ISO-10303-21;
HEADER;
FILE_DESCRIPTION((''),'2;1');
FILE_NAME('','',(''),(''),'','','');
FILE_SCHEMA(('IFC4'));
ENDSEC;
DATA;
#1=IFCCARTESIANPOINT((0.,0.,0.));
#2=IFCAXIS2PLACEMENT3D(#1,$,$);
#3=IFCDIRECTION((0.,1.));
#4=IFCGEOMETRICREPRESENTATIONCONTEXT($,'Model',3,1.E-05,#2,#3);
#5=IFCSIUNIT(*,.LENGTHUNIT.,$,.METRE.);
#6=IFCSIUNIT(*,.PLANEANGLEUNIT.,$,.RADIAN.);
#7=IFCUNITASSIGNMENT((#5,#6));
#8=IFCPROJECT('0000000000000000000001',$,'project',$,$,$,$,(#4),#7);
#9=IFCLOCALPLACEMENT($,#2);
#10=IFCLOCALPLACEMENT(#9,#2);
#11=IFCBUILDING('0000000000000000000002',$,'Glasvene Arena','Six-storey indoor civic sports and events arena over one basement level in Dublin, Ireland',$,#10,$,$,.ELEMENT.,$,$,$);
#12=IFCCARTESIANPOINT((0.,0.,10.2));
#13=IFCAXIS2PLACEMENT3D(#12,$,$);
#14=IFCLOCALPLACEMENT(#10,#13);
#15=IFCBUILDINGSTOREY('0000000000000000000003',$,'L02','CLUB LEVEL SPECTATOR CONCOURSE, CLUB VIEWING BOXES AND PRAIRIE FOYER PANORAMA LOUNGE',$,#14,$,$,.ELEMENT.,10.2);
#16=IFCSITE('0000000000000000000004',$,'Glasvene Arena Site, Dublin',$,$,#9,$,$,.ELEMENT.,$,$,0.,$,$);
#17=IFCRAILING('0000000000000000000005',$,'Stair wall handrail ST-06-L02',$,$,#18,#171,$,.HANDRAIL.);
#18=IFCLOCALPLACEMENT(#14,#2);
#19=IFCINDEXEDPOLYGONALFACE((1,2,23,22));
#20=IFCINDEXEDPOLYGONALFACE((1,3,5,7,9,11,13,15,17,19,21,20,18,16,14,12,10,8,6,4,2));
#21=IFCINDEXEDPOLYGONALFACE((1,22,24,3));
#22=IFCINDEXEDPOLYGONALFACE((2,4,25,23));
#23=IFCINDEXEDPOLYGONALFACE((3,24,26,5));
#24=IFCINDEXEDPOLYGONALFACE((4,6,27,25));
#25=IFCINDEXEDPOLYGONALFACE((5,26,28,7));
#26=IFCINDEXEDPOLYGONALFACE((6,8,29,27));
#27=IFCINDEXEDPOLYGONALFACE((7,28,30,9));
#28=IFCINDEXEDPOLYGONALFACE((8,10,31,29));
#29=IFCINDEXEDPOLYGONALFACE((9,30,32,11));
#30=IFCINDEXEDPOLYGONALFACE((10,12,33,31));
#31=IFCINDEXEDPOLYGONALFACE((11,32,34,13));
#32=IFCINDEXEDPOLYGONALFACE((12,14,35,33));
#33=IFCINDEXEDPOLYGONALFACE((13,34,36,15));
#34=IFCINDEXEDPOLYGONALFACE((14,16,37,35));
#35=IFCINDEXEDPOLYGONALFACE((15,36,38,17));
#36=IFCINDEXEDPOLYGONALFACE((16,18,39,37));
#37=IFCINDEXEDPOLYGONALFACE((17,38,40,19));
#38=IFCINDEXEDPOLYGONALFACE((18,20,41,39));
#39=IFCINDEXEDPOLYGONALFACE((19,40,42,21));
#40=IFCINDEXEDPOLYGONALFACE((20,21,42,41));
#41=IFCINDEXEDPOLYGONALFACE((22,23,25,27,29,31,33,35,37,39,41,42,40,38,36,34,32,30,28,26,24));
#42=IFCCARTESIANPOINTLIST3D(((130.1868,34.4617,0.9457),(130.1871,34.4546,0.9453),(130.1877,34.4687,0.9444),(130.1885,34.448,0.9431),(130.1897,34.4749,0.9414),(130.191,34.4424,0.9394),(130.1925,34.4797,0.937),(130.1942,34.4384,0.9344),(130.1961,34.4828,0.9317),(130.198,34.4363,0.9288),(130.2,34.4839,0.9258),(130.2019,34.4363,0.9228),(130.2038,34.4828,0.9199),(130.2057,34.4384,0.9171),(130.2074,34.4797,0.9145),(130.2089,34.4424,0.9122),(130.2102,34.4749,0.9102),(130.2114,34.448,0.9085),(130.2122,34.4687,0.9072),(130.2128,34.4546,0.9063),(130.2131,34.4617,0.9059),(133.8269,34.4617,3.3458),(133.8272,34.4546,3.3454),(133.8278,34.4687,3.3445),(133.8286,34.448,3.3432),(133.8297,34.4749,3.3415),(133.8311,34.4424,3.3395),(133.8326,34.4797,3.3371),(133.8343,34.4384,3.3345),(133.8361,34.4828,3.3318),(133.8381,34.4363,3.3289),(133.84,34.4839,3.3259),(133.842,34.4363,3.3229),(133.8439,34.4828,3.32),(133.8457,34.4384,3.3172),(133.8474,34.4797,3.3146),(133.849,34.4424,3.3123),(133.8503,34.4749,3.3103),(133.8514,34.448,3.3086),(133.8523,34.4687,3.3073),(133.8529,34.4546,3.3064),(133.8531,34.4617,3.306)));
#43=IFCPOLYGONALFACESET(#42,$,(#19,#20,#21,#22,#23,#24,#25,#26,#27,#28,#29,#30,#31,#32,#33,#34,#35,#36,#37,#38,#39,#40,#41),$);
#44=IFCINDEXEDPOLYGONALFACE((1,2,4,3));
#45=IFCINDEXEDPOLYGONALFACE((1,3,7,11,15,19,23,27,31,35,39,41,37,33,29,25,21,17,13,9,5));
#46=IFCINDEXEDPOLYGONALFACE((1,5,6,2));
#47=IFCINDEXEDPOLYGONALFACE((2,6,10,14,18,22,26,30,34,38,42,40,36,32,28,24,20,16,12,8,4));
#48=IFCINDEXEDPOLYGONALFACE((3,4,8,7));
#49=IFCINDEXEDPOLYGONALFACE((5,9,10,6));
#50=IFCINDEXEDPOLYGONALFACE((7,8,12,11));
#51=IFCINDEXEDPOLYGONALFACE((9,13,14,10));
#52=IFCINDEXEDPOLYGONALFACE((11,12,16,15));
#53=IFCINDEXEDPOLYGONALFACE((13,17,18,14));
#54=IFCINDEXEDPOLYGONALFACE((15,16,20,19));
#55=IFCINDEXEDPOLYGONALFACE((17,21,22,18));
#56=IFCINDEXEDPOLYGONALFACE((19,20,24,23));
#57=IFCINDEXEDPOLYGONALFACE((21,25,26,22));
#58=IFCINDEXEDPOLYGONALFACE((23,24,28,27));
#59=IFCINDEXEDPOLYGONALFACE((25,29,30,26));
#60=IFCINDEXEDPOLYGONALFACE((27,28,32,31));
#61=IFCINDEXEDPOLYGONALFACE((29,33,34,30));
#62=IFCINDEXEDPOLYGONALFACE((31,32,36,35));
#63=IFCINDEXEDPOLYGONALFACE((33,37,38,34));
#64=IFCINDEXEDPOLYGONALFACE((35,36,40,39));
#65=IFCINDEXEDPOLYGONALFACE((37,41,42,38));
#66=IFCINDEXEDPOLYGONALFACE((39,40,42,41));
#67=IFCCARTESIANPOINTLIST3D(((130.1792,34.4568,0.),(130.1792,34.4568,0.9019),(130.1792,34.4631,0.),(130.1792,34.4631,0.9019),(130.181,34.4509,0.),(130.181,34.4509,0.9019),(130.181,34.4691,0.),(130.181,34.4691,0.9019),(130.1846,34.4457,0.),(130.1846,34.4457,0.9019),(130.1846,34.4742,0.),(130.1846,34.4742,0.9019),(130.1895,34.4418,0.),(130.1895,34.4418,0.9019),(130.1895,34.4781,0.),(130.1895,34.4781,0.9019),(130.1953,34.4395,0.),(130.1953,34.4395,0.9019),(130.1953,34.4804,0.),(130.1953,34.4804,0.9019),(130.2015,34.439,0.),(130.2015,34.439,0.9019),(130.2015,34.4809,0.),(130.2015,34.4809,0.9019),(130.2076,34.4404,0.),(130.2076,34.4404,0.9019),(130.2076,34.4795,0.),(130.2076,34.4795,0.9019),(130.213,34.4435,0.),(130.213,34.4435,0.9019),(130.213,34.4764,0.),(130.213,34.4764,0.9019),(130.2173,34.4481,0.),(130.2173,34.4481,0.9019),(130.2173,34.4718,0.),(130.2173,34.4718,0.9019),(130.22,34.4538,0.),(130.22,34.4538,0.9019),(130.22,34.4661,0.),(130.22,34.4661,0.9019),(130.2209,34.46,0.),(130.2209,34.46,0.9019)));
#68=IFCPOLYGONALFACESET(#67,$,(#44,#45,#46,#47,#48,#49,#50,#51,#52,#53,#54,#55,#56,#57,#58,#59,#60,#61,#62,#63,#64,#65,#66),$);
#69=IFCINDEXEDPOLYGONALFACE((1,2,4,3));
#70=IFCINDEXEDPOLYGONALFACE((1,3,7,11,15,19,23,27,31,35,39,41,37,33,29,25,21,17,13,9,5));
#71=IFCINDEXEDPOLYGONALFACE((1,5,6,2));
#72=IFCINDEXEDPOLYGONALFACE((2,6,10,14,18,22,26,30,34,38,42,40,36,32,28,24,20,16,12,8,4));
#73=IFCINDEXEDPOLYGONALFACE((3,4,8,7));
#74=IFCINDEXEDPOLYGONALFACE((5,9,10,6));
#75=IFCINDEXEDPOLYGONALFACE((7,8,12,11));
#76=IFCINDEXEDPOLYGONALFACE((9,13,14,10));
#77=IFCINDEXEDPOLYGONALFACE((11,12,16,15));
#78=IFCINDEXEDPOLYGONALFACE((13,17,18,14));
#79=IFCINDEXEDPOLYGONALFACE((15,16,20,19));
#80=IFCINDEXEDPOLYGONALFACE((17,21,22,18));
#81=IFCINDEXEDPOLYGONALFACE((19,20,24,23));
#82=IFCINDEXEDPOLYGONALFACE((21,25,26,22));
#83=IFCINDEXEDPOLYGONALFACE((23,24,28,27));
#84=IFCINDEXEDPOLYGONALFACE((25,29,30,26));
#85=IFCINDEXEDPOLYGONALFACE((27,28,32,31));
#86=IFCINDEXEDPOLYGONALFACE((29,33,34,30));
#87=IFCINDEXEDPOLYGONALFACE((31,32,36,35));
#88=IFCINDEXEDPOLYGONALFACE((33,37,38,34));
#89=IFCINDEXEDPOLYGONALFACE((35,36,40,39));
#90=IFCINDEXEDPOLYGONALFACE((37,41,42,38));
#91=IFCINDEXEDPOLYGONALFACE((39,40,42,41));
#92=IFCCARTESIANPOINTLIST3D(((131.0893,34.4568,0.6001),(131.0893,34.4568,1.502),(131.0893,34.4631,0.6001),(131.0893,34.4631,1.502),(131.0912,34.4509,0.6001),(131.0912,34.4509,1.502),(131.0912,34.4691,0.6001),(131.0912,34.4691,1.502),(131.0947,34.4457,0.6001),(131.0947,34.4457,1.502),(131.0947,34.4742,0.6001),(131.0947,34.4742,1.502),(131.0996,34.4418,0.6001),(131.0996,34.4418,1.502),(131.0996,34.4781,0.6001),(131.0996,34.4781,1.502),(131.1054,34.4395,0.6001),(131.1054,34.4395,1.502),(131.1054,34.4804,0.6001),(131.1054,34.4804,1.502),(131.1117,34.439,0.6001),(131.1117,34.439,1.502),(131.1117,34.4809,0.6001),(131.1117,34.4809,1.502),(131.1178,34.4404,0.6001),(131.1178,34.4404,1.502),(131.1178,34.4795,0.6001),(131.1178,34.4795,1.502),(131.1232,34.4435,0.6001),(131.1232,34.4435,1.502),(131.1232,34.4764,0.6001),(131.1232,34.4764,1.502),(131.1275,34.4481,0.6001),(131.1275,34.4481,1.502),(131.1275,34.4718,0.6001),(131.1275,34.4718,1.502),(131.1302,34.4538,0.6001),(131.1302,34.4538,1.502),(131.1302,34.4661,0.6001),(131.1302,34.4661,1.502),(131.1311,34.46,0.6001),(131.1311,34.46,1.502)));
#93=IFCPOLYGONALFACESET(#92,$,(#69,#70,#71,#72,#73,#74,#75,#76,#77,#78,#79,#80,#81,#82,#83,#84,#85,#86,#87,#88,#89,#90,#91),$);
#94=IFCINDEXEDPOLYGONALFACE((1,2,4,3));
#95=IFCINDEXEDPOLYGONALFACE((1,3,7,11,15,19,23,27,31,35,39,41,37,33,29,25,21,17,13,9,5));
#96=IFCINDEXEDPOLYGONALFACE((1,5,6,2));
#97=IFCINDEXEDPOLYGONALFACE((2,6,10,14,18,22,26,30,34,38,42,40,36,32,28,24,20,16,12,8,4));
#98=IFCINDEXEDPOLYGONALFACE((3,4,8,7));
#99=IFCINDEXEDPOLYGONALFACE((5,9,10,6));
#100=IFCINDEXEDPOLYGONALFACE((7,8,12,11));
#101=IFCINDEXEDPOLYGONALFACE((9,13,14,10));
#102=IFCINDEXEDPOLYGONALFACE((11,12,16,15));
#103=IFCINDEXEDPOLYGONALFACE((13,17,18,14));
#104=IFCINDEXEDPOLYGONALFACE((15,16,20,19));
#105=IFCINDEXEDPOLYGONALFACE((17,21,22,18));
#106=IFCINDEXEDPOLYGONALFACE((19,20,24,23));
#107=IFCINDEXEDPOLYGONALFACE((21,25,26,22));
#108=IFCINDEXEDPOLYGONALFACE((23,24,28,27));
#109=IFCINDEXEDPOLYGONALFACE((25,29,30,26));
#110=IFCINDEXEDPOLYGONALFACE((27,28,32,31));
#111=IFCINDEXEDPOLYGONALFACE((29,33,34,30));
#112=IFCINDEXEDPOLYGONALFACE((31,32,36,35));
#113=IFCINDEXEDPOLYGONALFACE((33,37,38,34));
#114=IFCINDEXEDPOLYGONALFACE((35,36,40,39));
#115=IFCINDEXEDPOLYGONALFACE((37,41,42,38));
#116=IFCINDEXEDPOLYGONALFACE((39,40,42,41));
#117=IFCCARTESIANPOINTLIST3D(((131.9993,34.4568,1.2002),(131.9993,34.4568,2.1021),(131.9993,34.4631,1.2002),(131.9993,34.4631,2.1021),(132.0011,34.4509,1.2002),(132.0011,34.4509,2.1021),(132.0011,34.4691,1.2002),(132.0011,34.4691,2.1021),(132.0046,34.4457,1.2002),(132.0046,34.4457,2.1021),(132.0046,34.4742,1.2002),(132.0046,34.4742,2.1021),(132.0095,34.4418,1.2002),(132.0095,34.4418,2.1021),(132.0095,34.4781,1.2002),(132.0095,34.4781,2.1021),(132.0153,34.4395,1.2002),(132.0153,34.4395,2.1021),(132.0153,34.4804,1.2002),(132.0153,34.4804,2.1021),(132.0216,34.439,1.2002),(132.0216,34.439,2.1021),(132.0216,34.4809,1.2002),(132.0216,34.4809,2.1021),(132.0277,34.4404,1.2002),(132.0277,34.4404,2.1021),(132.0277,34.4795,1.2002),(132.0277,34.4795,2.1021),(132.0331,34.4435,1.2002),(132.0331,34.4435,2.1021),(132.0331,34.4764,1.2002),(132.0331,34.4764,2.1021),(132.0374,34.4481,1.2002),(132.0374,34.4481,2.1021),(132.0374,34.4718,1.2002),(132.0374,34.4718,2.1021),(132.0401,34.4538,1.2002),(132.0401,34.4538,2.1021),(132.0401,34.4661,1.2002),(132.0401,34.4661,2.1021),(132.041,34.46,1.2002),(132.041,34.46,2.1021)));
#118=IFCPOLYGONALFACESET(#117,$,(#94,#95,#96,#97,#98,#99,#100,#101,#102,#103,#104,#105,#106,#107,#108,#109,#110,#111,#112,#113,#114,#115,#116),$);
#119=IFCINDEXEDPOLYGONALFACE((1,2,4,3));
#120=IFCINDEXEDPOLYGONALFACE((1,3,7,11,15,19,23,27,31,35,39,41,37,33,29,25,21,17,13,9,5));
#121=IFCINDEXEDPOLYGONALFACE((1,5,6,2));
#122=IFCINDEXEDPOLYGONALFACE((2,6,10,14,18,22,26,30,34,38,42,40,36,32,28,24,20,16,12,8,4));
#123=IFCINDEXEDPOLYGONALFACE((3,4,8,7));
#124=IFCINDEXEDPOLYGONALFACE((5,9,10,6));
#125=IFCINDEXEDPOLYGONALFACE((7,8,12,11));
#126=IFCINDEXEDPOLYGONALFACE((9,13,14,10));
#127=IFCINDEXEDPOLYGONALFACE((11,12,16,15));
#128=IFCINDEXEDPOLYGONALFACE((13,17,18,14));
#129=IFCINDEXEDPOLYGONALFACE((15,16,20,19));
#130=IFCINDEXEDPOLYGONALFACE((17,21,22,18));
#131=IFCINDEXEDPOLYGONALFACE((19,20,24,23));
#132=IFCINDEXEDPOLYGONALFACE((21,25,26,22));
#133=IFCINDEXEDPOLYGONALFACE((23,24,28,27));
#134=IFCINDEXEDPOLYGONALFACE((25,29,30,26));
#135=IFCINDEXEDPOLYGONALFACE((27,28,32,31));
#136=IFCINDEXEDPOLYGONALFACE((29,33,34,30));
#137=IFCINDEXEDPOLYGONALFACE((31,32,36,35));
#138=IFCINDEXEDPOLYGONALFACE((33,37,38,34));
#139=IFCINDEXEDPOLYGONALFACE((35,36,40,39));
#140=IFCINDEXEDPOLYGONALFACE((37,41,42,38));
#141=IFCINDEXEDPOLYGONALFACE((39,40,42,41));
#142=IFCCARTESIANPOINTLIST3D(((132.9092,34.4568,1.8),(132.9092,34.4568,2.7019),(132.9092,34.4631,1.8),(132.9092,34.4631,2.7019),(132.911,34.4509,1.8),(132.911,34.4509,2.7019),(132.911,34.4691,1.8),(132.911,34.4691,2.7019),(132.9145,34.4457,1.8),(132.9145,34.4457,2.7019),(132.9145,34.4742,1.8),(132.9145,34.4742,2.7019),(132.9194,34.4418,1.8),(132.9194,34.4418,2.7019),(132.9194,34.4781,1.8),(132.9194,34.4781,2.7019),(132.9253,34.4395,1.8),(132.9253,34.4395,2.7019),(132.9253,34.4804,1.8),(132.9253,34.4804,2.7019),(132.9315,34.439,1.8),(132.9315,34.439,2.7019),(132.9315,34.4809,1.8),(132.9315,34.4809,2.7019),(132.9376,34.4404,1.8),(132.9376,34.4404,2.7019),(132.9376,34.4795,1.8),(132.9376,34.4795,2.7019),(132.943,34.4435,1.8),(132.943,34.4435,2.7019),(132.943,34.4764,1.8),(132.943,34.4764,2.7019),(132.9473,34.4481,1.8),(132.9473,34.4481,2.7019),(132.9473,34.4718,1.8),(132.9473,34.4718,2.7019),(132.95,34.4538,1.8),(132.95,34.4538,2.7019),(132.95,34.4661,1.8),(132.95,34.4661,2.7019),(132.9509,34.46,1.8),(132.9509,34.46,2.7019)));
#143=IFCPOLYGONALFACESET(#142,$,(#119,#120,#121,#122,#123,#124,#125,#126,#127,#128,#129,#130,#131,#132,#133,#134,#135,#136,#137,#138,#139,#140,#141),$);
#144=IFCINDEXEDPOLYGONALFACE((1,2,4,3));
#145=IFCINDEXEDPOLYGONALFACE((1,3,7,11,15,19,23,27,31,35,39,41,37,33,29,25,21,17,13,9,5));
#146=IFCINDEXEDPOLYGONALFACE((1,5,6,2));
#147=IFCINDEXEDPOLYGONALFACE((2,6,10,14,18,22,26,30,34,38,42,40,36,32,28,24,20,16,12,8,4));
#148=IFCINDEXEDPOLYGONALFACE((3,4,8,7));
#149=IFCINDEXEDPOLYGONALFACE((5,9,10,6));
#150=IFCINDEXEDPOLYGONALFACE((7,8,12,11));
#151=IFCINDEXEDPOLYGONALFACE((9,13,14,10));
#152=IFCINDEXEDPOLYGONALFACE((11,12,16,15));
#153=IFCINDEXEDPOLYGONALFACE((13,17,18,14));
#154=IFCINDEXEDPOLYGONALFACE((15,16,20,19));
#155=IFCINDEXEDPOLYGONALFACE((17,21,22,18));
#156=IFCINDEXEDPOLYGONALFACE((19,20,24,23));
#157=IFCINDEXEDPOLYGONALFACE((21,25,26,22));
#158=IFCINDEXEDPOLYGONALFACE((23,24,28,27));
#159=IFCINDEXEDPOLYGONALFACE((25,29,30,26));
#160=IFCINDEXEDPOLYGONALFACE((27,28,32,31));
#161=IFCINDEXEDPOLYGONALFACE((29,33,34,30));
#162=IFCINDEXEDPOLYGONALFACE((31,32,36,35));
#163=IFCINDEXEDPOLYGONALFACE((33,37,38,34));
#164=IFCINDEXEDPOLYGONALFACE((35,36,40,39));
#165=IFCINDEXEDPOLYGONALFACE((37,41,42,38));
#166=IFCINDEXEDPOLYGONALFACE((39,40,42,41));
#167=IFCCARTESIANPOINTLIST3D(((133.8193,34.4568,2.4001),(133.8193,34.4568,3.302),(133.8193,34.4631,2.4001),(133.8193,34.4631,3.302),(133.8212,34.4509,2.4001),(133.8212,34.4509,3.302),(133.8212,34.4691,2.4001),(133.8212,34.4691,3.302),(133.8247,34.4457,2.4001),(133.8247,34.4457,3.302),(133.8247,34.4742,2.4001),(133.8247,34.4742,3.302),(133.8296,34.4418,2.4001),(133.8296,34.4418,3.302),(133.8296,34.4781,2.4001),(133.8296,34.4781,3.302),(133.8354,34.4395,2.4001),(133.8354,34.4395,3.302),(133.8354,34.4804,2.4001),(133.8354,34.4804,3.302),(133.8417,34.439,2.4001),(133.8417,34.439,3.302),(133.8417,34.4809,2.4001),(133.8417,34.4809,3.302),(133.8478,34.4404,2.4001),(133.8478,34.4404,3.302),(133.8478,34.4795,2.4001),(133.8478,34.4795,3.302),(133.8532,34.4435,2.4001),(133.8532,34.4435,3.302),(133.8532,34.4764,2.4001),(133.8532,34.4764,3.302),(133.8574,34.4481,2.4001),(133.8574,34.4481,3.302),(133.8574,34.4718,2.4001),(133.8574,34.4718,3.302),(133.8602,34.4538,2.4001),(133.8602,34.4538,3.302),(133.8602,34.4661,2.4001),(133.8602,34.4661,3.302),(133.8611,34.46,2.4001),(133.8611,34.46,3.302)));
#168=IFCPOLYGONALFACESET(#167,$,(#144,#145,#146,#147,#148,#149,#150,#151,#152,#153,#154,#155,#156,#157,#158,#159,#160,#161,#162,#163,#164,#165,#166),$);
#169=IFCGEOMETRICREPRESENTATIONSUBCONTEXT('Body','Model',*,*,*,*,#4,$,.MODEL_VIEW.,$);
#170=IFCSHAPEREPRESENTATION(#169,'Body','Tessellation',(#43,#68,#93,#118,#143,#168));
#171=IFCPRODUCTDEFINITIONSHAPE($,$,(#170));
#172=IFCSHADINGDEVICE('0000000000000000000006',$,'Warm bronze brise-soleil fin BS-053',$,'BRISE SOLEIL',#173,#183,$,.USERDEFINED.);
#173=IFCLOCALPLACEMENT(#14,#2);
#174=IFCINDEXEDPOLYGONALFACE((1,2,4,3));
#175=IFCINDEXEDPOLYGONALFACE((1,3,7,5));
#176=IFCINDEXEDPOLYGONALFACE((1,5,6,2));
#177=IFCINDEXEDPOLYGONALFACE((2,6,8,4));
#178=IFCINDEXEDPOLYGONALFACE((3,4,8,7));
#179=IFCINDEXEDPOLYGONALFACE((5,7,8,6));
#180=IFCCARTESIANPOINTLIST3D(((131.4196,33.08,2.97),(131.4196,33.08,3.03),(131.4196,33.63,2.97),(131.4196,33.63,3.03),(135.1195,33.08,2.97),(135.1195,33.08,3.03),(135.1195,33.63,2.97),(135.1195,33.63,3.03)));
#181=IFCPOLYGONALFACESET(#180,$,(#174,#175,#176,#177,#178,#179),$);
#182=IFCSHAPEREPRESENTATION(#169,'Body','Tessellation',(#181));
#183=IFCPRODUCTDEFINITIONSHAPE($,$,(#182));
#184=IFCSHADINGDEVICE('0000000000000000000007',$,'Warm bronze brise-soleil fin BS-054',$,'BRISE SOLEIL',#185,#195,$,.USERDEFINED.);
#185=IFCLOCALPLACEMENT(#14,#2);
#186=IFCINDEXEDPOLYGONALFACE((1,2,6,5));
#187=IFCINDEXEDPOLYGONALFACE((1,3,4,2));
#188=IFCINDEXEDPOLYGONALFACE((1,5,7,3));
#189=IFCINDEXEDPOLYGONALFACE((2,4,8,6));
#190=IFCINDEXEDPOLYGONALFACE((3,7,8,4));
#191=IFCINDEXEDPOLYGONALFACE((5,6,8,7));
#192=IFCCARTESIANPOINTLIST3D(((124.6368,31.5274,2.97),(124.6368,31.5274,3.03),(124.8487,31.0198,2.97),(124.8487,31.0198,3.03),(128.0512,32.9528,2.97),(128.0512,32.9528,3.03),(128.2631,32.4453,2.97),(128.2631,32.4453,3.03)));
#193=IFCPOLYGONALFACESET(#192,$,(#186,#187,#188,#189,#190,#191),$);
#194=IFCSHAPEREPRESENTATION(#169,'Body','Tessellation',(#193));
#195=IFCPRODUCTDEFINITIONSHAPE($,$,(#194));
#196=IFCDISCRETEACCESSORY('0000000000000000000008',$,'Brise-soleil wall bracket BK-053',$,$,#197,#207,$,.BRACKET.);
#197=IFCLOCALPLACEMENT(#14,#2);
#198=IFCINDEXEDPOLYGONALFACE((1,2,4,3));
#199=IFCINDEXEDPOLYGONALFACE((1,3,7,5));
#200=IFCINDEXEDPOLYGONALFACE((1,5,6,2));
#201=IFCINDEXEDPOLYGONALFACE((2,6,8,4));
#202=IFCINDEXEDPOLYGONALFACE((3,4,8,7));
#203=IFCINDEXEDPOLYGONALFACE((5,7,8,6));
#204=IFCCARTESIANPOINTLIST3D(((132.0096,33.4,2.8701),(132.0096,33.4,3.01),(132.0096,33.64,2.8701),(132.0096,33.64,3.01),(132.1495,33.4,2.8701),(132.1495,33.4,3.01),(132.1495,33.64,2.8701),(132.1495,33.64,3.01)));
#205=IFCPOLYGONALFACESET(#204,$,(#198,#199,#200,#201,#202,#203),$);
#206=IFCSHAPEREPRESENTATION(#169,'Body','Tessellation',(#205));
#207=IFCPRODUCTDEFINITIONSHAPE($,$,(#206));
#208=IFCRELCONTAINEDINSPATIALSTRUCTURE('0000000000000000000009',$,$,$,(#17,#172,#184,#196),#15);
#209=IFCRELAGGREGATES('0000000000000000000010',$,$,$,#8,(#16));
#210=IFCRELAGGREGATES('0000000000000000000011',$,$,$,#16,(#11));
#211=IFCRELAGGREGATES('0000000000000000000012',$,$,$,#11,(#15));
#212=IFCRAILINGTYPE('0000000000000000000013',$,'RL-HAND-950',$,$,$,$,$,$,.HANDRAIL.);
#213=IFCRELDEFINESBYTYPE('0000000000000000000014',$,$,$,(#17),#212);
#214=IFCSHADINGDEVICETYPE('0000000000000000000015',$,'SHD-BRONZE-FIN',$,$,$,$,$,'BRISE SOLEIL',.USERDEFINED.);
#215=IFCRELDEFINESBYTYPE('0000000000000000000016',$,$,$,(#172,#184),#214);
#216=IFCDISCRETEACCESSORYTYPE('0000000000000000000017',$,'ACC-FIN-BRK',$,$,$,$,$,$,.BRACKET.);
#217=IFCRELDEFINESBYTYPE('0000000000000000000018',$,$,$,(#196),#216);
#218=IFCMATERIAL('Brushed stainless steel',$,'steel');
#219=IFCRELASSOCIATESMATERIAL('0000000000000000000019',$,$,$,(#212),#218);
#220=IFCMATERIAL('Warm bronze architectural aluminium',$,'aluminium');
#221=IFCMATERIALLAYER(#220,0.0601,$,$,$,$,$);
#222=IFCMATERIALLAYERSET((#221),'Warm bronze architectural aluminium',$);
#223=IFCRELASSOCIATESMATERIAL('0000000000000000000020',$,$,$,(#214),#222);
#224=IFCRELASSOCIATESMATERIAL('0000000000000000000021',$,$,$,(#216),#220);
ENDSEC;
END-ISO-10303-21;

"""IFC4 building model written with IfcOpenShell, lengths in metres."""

from ifc_helpers import new_model, si_unit, direction, frame, origin, origin_2d, place, context, subcontext, project, spatial, rectangle, circle, extrude, material, layer, layer_set, type_object, element, save


model = new_model("IFC4")

# Units and contexts
model_context = context("Model", 3, precision=1e-05, world=origin(), true_north=direction((0.0, 1.0)))
body_context = subcontext(model_context, "Body", "Model", "MODEL_VIEW")
ifc_project = project(units=[si_unit("LENGTHUNIT", "METRE"), si_unit("PLANEANGLEUNIT", "RADIAN")], contexts=[model_context])

# Site, building, storey
site_placement = place(None, origin())
site = spatial("IfcSite", under=ifc_project, at=site_placement, Name="Glasvene Arena Site, Dublin", CompositionType="ELEMENT", RefElevation=0.0)
building_placement = place(site_placement, origin())
building = spatial("IfcBuilding", under=site, at=building_placement, Name="Glasvene Arena", Description="Six-storey indoor civic sports and events arena over one basement level in Dublin, Ireland", CompositionType="ELEMENT")
storey_placement = place(building_placement, frame((0.0, 0.0, 10.2)))
storey = spatial("IfcBuildingStorey", under=building, at=storey_placement, Name="L02", Description="CLUB LEVEL SPECTATOR CONCOURSE, CLUB VIEWING BOXES AND PRAIRIE FOYER PANORAMA LOUNGE", CompositionType="ELEMENT", Elevation=10.2)

# Railing
ifc_material_1 = material(Name="Brushed stainless steel", Category="steel")
railing_type_1 = type_object("IfcRailingType", Name="RL-HAND-950", PredefinedType="HANDRAIL", material=ifc_material_1)
railing_1_placement = place(storey_placement, frame((130.2, 34.46, 0.0)))
element("IfcRailing", 1, at=railing_1_placement, inside=storey, type_object=railing_type_1, Name="Stair wall handrail ST-06-L02", PredefinedType="HANDRAIL", context=body_context, shape_type="SweptSolid", body=[
    extrude(circle(Radius=0.0239, at=origin_2d()), frame((0.0, 0.0, 0.9258), z_axis=(0.834856, 0.0, 0.550468), x_axis=(0.0, 1.0, 0.0)), (0.0, 0.0, 1.0), 4.3601),
    extrude(circle(Radius=0.021, at=origin_2d()), origin(), (0.0, 0.0, 1.0), 0.9019),
    extrude(circle(Radius=0.021, at=origin_2d()), frame((0.9102, 0.0, 0.6001)), (0.0, 0.0, 1.0), 0.9019),
    extrude(circle(Radius=0.021, at=origin_2d()), frame((1.8201, 0.0, 1.2002)), (0.0, 0.0, 1.0), 0.9019),
    extrude(circle(Radius=0.021, at=origin_2d()), frame((2.73, 0.0, 1.8)), (0.0, 0.0, 1.0), 0.9019),
    extrude(circle(Radius=0.021, at=origin_2d()), frame((3.6401, 0.0, 2.4001)), (0.0, 0.0, 1.0), 0.9019),
])

# Shading devices
ifc_material_2 = material(Name="Warm bronze architectural aluminium", Category="aluminium")
ifc_layer_1 = layer(ifc_material_2, 0.0601)
ifc_layer_set_1 = layer_set([ifc_layer_1], Name="Warm bronze architectural aluminium")
shading_device_type = type_object("IfcShadingDeviceType", Name="SHD-BRONZE-FIN", ElementType="BRISE SOLEIL", PredefinedType="USERDEFINED", material=ifc_layer_set_1)
for number, where, z_axis, x_axis, name in (
    (2, (133.2695, 33.355, 2.97), (0.0, 0.0, 1.0), (-1.0, 0.0, 0.0), "Warm bronze brise-soleil fin BS-053"),
    (3, (126.45, 31.9863, 2.97), (0.0, 0.0, 1.0), (-0.922807, -0.385262, 0.0), "Warm bronze brise-soleil fin BS-054"),
):
    element("IfcShadingDevice", number, at=place(storey_placement, frame(where, z_axis=z_axis, x_axis=x_axis)), inside=storey, type_object=shading_device_type, Name=name, ObjectType="BRISE SOLEIL", PredefinedType="USERDEFINED", context=body_context, shape_type="SweptSolid", body=[
        extrude(rectangle(XDim=3.7, YDim=0.55, at=origin_2d()), origin(), (0.0, 0.0, 1.0), 0.0601),
    ])

# Discrete accessory
discrete_accessory_type = type_object("IfcDiscreteAccessoryType", Name="ACC-FIN-BRK", PredefinedType="BRACKET", material=ifc_material_2)
for number, where, z_axis, x_axis, name in (
    (4, (132.0796, 33.52, 2.8701), (0.0, 0.0, 1.0), (-1.0, 0.0, 0.0), "Brise-soleil wall bracket BK-053"),
):
    element("IfcDiscreteAccessory", number, at=place(storey_placement, frame(where, z_axis=z_axis, x_axis=x_axis)), inside=storey, type_object=discrete_accessory_type, Name=name, PredefinedType="BRACKET", context=body_context, shape_type="SweptSolid", body=[
        extrude(rectangle(XDim=0.1399, YDim=0.24, at=origin_2d()), origin(), (0.0, 0.0, 1.0), 0.1399),
    ])

save(model, "model.ifc")
